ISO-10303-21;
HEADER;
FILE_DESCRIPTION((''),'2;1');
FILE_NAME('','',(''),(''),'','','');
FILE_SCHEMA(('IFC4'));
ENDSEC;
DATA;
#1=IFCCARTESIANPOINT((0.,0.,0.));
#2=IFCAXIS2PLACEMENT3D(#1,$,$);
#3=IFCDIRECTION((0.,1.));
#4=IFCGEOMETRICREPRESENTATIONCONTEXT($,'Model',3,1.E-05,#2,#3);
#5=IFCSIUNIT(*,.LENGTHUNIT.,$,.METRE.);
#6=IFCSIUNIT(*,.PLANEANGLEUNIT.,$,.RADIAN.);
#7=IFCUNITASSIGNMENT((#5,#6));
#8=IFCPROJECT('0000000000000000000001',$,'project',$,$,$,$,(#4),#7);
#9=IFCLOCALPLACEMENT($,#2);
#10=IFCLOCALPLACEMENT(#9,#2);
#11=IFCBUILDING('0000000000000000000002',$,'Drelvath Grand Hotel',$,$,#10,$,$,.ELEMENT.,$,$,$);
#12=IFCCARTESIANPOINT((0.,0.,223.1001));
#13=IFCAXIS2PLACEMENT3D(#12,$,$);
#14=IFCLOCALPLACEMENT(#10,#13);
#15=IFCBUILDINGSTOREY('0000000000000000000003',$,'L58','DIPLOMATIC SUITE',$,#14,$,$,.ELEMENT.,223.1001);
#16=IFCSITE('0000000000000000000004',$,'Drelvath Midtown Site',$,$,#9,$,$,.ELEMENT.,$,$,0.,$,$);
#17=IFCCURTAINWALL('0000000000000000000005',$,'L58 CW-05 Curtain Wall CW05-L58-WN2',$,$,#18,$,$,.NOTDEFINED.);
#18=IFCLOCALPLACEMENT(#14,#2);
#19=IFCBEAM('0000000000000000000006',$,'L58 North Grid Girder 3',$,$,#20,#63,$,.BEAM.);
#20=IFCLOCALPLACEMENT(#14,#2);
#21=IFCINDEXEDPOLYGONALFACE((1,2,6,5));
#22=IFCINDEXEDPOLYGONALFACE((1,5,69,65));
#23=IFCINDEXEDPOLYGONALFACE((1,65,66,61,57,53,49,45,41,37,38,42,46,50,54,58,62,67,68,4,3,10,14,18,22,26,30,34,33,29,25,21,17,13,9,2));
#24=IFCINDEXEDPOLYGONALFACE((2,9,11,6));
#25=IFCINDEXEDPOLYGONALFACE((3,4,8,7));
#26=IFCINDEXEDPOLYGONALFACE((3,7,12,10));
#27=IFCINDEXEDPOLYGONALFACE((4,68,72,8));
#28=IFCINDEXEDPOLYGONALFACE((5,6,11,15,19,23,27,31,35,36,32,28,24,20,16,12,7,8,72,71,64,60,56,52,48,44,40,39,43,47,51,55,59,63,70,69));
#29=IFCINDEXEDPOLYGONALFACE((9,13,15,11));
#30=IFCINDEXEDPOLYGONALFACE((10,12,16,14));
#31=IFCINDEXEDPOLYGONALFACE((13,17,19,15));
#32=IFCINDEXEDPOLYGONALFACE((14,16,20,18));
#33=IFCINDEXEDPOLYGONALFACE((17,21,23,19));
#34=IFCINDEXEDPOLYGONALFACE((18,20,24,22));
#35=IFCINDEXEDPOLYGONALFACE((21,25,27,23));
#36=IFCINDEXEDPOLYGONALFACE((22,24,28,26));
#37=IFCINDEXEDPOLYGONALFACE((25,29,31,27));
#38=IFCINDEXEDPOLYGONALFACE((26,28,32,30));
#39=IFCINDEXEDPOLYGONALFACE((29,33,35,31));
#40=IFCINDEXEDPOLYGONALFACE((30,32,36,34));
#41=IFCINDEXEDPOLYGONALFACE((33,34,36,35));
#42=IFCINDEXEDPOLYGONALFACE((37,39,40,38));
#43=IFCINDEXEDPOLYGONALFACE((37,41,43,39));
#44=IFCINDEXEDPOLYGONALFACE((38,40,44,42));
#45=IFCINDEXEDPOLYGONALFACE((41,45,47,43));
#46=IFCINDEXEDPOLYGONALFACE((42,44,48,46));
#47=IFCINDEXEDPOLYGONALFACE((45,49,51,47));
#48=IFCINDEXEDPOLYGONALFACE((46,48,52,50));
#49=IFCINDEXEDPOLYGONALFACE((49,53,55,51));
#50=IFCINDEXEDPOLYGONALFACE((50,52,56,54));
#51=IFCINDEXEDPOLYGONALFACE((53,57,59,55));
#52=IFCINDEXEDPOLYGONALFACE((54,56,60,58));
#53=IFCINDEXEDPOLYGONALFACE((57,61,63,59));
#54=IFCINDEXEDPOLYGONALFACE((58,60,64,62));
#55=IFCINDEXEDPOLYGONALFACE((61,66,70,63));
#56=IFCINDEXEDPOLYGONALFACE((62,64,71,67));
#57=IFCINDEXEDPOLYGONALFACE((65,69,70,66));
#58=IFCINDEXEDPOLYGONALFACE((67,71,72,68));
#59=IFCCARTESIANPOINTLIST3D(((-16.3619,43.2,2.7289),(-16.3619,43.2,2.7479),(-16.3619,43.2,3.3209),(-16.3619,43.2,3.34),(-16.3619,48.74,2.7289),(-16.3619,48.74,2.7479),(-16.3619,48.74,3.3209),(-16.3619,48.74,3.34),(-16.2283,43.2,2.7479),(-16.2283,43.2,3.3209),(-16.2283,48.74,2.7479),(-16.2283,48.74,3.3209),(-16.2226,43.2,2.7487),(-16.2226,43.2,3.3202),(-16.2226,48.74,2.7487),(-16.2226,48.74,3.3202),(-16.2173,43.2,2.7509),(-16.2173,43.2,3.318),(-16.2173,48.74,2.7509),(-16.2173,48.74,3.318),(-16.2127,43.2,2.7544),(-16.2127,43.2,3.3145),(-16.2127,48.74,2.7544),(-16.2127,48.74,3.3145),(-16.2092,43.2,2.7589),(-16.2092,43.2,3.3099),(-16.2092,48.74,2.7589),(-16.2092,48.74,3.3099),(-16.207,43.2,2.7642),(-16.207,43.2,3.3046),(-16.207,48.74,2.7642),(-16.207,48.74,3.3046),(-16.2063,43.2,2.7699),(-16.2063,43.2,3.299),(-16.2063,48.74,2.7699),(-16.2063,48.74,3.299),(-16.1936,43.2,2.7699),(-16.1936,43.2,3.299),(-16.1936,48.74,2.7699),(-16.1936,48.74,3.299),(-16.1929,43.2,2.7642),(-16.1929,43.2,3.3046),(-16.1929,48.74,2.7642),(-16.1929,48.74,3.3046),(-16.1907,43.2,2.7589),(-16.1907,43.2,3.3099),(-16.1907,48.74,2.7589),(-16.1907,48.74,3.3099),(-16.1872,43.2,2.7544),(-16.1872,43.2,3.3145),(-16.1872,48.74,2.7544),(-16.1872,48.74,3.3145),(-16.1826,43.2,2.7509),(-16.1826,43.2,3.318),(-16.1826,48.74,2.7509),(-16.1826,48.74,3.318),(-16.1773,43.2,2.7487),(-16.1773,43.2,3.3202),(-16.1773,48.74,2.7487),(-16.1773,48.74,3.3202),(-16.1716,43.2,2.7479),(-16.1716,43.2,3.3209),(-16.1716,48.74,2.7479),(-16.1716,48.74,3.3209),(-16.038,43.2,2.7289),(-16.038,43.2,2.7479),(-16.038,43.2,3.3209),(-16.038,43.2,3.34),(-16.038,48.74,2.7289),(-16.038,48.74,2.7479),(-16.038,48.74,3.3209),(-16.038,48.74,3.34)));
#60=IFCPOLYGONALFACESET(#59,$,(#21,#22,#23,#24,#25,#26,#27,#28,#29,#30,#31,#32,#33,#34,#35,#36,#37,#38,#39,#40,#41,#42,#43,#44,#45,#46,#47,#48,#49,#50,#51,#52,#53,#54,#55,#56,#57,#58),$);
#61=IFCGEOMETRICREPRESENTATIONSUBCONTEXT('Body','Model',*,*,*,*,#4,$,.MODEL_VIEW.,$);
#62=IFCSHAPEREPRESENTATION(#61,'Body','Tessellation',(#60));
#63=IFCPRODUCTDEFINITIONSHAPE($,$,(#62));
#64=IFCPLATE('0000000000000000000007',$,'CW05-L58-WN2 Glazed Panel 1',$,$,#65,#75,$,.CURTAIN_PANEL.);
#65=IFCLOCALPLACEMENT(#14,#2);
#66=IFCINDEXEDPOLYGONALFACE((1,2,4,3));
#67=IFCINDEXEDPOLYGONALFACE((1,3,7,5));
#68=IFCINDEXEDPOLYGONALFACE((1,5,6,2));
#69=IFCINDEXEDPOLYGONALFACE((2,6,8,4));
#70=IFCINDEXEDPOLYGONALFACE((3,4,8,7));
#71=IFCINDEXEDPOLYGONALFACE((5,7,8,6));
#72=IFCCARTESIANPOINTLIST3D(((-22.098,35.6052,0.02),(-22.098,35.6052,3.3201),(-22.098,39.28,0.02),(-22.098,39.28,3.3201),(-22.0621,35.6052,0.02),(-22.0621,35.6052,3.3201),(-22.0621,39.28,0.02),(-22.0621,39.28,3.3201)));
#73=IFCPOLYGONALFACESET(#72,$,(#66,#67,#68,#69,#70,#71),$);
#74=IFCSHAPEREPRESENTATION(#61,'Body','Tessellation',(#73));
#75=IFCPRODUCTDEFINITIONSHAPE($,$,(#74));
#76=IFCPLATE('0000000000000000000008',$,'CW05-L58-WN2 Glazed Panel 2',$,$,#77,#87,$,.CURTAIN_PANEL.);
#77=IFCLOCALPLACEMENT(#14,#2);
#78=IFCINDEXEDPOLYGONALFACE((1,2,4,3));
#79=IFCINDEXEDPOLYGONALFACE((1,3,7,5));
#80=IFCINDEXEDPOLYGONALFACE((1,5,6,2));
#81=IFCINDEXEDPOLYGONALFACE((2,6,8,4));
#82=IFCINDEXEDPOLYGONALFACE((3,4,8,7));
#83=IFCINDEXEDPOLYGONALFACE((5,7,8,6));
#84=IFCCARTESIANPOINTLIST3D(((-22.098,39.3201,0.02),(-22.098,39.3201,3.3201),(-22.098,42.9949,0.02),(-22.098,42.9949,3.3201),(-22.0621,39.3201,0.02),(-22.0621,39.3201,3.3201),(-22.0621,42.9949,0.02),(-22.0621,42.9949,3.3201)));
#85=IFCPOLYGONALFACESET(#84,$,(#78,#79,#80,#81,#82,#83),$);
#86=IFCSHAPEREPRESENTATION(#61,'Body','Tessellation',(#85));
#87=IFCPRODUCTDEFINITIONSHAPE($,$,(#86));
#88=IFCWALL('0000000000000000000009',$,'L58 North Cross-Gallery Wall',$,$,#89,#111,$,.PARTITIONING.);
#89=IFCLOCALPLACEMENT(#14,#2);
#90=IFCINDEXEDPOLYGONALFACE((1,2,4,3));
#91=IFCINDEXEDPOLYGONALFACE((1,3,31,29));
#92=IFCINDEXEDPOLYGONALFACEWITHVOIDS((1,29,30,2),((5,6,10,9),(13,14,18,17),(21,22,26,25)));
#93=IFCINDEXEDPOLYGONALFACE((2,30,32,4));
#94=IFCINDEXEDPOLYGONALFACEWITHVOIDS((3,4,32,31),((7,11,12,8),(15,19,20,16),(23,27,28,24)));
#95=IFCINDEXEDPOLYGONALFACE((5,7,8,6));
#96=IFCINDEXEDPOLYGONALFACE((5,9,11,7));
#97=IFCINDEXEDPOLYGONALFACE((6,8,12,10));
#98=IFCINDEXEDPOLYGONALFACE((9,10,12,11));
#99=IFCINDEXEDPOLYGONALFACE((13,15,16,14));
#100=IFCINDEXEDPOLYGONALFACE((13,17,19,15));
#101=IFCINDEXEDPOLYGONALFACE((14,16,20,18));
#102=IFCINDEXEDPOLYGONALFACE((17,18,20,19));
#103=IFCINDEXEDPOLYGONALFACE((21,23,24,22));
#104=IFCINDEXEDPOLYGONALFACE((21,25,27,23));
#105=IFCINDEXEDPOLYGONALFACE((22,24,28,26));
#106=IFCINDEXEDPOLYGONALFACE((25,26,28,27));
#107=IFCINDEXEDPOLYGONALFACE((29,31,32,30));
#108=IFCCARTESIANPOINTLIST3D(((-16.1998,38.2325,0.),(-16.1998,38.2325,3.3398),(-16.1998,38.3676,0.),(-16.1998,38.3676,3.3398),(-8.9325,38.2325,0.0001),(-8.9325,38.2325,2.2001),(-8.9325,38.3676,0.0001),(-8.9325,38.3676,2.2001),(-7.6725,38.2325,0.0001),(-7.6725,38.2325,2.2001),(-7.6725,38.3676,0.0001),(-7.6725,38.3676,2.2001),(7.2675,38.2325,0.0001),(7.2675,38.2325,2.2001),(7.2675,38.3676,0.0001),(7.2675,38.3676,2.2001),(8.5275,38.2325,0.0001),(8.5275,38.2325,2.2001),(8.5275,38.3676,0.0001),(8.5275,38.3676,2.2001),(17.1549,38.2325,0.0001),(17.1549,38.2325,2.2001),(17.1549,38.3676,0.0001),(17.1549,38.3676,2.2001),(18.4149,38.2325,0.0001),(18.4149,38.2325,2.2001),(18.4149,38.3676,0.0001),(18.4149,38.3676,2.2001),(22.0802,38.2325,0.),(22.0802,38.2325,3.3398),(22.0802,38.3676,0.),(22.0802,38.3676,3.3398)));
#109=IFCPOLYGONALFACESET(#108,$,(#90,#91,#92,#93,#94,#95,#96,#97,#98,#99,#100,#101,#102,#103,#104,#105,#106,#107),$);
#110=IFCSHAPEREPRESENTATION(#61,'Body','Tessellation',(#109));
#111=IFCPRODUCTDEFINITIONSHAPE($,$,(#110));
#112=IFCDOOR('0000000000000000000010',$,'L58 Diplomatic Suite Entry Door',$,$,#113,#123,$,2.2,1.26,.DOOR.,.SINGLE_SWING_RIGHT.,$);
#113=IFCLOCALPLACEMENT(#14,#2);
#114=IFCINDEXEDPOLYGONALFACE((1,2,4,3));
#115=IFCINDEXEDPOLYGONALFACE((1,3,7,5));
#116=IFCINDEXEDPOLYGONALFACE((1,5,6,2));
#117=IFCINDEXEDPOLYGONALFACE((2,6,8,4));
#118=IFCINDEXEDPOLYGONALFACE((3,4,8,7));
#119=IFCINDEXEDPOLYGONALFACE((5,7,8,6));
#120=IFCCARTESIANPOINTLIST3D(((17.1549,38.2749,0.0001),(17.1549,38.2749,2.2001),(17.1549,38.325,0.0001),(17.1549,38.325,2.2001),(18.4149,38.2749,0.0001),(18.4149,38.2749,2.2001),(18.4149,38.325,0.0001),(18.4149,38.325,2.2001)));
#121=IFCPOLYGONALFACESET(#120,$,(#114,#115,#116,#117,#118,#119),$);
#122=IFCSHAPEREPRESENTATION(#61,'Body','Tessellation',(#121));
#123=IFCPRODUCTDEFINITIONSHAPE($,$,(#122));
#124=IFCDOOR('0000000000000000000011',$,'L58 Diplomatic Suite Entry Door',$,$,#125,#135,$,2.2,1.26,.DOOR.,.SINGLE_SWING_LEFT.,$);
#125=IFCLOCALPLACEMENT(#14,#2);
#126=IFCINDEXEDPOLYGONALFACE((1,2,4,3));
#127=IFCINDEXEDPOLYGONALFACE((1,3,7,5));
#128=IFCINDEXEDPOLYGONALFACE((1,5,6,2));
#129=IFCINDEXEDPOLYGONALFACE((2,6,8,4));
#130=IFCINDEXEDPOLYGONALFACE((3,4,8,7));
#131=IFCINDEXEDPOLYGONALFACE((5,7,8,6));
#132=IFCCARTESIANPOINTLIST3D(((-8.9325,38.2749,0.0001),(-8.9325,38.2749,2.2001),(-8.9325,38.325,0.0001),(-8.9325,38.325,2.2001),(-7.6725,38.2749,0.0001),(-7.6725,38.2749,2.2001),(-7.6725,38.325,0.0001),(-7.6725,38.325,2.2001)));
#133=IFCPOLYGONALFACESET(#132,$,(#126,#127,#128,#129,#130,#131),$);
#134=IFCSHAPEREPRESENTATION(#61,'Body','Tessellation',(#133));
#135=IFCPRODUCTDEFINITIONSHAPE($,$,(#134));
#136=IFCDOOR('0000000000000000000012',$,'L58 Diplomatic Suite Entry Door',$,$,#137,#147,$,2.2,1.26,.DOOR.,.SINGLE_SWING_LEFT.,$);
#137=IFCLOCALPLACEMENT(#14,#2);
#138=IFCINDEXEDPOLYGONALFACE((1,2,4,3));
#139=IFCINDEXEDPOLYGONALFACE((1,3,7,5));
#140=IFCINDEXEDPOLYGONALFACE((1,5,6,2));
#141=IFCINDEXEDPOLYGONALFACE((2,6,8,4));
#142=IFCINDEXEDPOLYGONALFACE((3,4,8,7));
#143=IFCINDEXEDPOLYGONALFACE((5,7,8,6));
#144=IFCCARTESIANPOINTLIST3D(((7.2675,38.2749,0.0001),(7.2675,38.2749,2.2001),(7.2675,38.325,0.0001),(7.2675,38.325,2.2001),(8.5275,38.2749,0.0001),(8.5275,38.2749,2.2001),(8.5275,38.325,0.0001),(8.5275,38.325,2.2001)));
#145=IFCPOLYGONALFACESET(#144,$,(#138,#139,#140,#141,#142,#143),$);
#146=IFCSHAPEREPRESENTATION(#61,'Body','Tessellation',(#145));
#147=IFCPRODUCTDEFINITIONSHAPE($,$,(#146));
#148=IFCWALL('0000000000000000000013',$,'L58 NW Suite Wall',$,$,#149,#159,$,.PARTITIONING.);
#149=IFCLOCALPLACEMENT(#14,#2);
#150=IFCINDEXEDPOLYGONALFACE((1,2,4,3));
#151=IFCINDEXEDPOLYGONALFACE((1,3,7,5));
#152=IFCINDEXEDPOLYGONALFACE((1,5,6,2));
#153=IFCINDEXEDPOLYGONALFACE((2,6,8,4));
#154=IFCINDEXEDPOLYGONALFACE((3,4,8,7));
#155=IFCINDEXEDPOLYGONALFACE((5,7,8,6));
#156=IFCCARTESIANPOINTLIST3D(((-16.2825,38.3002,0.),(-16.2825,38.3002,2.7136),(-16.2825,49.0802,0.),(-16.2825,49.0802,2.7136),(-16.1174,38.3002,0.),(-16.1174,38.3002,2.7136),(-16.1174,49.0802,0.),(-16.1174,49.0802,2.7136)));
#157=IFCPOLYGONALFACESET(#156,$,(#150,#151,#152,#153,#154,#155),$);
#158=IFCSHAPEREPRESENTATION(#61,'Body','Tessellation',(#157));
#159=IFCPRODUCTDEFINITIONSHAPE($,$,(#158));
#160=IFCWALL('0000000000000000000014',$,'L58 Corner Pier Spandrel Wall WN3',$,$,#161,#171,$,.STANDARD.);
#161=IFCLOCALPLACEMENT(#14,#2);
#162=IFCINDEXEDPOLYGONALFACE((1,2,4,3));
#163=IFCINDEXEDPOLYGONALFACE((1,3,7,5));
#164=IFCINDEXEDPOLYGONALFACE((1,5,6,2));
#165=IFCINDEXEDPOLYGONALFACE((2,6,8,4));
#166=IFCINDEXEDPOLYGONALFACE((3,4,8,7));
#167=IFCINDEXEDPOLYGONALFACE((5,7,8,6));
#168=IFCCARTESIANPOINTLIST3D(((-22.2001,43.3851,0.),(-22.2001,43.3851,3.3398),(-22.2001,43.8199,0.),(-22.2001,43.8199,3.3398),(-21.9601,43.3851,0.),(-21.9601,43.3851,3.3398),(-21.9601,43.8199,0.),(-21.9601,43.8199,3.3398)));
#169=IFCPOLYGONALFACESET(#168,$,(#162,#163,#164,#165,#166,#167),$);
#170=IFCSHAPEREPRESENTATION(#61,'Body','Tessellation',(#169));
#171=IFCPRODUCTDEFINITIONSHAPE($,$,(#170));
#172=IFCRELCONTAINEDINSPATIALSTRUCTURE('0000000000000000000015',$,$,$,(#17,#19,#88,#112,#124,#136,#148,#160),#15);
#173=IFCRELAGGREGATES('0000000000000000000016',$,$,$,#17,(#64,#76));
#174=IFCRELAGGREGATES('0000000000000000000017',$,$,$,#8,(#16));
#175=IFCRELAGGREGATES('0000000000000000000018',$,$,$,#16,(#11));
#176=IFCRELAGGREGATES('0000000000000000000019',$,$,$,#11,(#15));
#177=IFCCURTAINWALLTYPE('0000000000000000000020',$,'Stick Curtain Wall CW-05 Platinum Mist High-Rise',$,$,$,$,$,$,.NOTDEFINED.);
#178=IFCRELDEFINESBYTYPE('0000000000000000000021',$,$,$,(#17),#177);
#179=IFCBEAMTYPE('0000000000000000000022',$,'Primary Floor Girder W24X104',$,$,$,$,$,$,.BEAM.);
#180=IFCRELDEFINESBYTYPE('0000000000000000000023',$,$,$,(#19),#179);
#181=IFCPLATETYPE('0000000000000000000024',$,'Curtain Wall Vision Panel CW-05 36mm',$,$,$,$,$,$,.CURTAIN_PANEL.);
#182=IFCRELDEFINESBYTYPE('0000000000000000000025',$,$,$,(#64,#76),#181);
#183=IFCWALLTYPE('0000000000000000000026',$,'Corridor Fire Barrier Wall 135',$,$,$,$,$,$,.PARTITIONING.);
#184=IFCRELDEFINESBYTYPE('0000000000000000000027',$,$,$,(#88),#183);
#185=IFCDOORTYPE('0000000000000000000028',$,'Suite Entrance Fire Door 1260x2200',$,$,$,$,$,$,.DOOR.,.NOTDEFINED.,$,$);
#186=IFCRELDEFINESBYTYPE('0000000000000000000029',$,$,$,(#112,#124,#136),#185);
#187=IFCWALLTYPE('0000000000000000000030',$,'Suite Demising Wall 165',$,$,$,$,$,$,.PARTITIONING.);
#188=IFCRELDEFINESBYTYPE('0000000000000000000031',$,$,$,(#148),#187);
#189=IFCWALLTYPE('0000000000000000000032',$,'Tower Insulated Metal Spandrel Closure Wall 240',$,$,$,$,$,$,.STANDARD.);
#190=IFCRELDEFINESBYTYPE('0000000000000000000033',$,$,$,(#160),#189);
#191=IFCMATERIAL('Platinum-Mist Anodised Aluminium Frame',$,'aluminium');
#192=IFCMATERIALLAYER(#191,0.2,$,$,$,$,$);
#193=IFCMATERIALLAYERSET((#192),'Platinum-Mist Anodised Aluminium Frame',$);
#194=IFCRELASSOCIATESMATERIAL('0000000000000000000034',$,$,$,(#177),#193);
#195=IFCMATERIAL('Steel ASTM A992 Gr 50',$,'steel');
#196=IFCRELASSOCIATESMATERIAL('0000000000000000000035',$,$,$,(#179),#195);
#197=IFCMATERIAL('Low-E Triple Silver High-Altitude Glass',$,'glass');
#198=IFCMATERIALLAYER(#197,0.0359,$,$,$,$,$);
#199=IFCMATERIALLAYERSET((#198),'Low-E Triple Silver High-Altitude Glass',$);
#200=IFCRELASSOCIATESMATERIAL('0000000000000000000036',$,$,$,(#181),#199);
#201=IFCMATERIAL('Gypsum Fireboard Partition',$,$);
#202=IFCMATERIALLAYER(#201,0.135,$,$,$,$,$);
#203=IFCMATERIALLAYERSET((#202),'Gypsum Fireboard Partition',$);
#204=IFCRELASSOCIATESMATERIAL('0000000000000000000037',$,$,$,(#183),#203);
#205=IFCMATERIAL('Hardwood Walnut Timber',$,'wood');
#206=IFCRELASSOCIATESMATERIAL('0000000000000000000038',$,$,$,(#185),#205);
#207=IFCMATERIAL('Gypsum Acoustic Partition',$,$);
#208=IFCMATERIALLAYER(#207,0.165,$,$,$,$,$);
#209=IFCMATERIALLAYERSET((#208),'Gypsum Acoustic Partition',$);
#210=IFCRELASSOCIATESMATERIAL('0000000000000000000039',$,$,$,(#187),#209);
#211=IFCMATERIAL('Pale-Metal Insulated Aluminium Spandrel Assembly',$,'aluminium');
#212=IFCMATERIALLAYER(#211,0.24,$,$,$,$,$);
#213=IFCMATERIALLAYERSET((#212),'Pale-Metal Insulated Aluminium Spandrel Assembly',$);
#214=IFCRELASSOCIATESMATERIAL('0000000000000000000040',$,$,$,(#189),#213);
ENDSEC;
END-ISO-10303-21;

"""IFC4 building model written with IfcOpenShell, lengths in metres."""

from ifc_helpers import new_model, si_unit, direction, frame, frame_2d, origin, origin_2d, place, context, subcontext, project, spatial, rectangle, i_section, extrude, material, layer, layer_set, material_profile, profile_set, type_object, element, fill, aggregate, save


model = new_model("IFC4")

# Units and contexts
model_context = context("Model", 3, precision=1e-05, world=origin(), true_north=direction((0.0, 1.0)))
body_context = subcontext(model_context, "Body", "Model", "MODEL_VIEW")
ifc_project = project(units=[si_unit("LENGTHUNIT", "METRE"), si_unit("PLANEANGLEUNIT", "RADIAN")], contexts=[model_context])

# Site, building, storey
site_placement = place(None, origin())
site = spatial("IfcSite", under=ifc_project, at=site_placement, Name="Drelvath Midtown Site", CompositionType="ELEMENT", RefElevation=0.0)
building_placement = place(site_placement, origin())
building = spatial("IfcBuilding", under=site, at=building_placement, Name="Drelvath Grand Hotel", CompositionType="ELEMENT")
storey_placement = place(building_placement, frame((0.0, 0.0, 223.1001)))
storey = spatial("IfcBuildingStorey", under=building, at=storey_placement, Name="L58", Description="DIPLOMATIC SUITE", CompositionType="ELEMENT", Elevation=223.1001)

# Shared definitions
ifc_material_1 = material(Name="Steel ASTM A992 Gr 50", Category="steel")

# Curtain wall
ifc_material_2 = material(Name="Platinum-Mist Anodised Aluminium Frame", Category="aluminium")
ifc_layer_1 = layer(ifc_material_2, 0.2)
ifc_layer_set_1 = layer_set([ifc_layer_1], Name="Platinum-Mist Anodised Aluminium Frame")
curtain_wall_type = type_object("IfcCurtainWallType", Name="Stick Curtain Wall CW-05 Platinum Mist High-Rise", PredefinedType="NOTDEFINED", material=ifc_layer_set_1)
curtain_wall_placement = place(storey_placement, origin())
curtain_wall = element("IfcCurtainWall", 1, at=curtain_wall_placement, inside=storey, type_object=curtain_wall_type, Name="L58 CW-05 Curtain Wall CW05-L58-WN2", PredefinedType="NOTDEFINED")

# Beam
ifc_material_profile_1 = material_profile(ifc_material_1, i_section(OverallWidth=0.324, OverallDepth=0.6111, WebThickness=0.0127, FlangeThickness=0.019, FilletRadius=0.022, at=origin_2d()), Name="W24X104")
ifc_profile_set_1 = profile_set([ifc_material_profile_1], Name="Steel ASTM A992 Gr 50")
beam_type_1 = type_object("IfcBeamType", Name="Primary Floor Girder W24X104", PredefinedType="BEAM", material=ifc_profile_set_1)
for number, where, z_axis, x_axis, name in (
    (2, (-16.2, 43.2, 3.0344), (0.0, 1.0, 0.0), (-1.0, 0.0, 0.0), "L58 North Grid Girder 3"),
):
    element("IfcBeam", number, at=place(storey_placement, frame(where, z_axis=z_axis, x_axis=x_axis)), inside=storey, type_object=beam_type_1, Name=name, PredefinedType="BEAM", context=body_context, shape_type="SweptSolid", body=[
        extrude(i_section(OverallWidth=0.324, OverallDepth=0.6111, WebThickness=0.0127, FlangeThickness=0.019, FilletRadius=0.022, at=origin_2d()), origin(), (0.0, 0.0, 1.0), 5.54),
    ])

# Plates
ifc_material_3 = material(Name="Low-E Triple Silver High-Altitude Glass", Category="glass")
ifc_layer_2 = layer(ifc_material_3, 0.0359)
ifc_layer_set_2 = layer_set([ifc_layer_2], Name="Low-E Triple Silver High-Altitude Glass")
plate_type = type_object("IfcPlateType", Name="Curtain Wall Vision Panel CW-05 36mm", PredefinedType="CURTAIN_PANEL", material=ifc_layer_set_2)
plate_1_placement = place(storey_placement, frame((-22.0801, 37.4426, 0.02), z_axis=(0.0, 0.0, 1.0), x_axis=(0.0, 1.0, 0.0)))
plate_1 = element("IfcPlate", 3, at=plate_1_placement, type_object=plate_type, Name="CW05-L58-WN2 Glazed Panel 1", PredefinedType="CURTAIN_PANEL", context=body_context, shape_type="SweptSolid", body=[
    extrude(rectangle(XDim=3.6748, YDim=0.0359, at=origin_2d()), origin(), (0.0, 0.0, 1.0), 3.3),
])
plate_2_placement = place(storey_placement, frame((-22.0801, 41.1575, 0.02), z_axis=(0.0, 0.0, 1.0), x_axis=(0.0, 1.0, 0.0)))
plate_2 = element("IfcPlate", 4, at=plate_2_placement, type_object=plate_type, Name="CW05-L58-WN2 Glazed Panel 2", PredefinedType="CURTAIN_PANEL", context=body_context, shape_type="SweptSolid", body=[
    extrude(rectangle(XDim=3.6748, YDim=0.0359, at=origin_2d()), origin(), (0.0, 0.0, 1.0), 3.3),
])
aggregate(curtain_wall, [plate_1, plate_2])

# Wall, openings, doors
ifc_material_4 = material(Name="Gypsum Fireboard Partition")
ifc_layer_3 = layer(ifc_material_4, 0.135)
ifc_layer_set_3 = layer_set([ifc_layer_3], Name="Gypsum Fireboard Partition")
wall_type_1 = type_object("IfcWallType", Name="Corridor Fire Barrier Wall 135", PredefinedType="PARTITIONING", material=ifc_layer_set_3)
wall_1_placement = place(storey_placement, frame((-16.2, 38.3, 0.0), z_axis=(0.0, 0.0, 1.0), x_axis=(1.0, 0.0, 0.0)))
wall_1 = element("IfcWall", 5, at=wall_1_placement, inside=storey, type_object=wall_type_1, Name="L58 North Cross-Gallery Wall", PredefinedType="PARTITIONING", context=body_context, shape_type="SweptSolid", body=[
    extrude(rectangle(XDim=38.28, YDim=0.135, at=frame_2d((19.1401, 0.0))), origin(), (0.0, 0.0, 1.0), 3.3398),
])
opening_1_placement = place(wall_1_placement, frame((33.355, 0.0, 0.0)))
opening_1 = element("IfcOpeningElement", 6, at=opening_1_placement, cuts=wall_1, PredefinedType="OPENING", context=body_context, shape_type="SweptSolid", body=[
    extrude(rectangle(XDim=1.26, YDim=2.2, at=frame_2d((0.6299, 1.1001))), frame((0.0, 0.0774, 0.0), z_axis=(0.0, -1.0, 0.0), x_axis=(1.0, 0.0, 0.0)), (0.0, 0.0, 1.0), 0.155),
])
opening_2_placement = place(wall_1_placement, frame((7.2676, 0.0, 0.0)))
opening_2 = element("IfcOpeningElement", 7, at=opening_2_placement, cuts=wall_1, PredefinedType="OPENING", context=body_context, shape_type="SweptSolid", body=[
    extrude(rectangle(XDim=1.26, YDim=2.2, at=frame_2d((0.6299, 1.1001))), frame((0.0, 0.0774, 0.0), z_axis=(0.0, -1.0, 0.0), x_axis=(1.0, 0.0, 0.0)), (0.0, 0.0, 1.0), 0.155),
])
opening_3_placement = place(wall_1_placement, frame((23.4675, 0.0, 0.0)))
opening_3 = element("IfcOpeningElement", 8, at=opening_3_placement, cuts=wall_1, PredefinedType="OPENING", context=body_context, shape_type="SweptSolid", body=[
    extrude(rectangle(XDim=1.26, YDim=2.2, at=frame_2d((0.6299, 1.1001))), frame((0.0, 0.0774, 0.0), z_axis=(0.0, -1.0, 0.0), x_axis=(1.0, 0.0, 0.0)), (0.0, 0.0, 1.0), 0.155),
])
ifc_material_5 = material(Name="Hardwood Walnut Timber", Category="wood")
door_type_1 = type_object("IfcDoorType", Name="Suite Entrance Fire Door 1260x2200", OperationType="NOTDEFINED", PredefinedType="DOOR", material=ifc_material_5)
door_1_placement = place(opening_1_placement, origin())
door_1 = element("IfcDoor", 9, at=door_1_placement, inside=storey, type_object=door_type_1, Name="L58 Diplomatic Suite Entry Door", OperationType="SINGLE_SWING_RIGHT", OverallHeight=2.2, OverallWidth=1.26, PredefinedType="DOOR", context=body_context, shape_type="SweptSolid", body=[
    extrude(rectangle(XDim=1.26, YDim=2.2, at=frame_2d((0.6299, 1.1001))), frame((0.0, 0.0249, 0.0), z_axis=(0.0, -1.0, 0.0), x_axis=(1.0, 0.0, 0.0)), (0.0, 0.0, 1.0), 0.05),
])
fill(opening_1, door_1)
door_2_placement = place(opening_2_placement, origin())
door_2 = element("IfcDoor", 10, at=door_2_placement, inside=storey, type_object=door_type_1, Name="L58 Diplomatic Suite Entry Door", OperationType="SINGLE_SWING_LEFT", OverallHeight=2.2, OverallWidth=1.26, PredefinedType="DOOR", context=body_context, shape_type="SweptSolid", body=[
    extrude(rectangle(XDim=1.26, YDim=2.2, at=frame_2d((0.6299, 1.1001))), frame((0.0, 0.0249, 0.0), z_axis=(0.0, -1.0, 0.0), x_axis=(1.0, 0.0, 0.0)), (0.0, 0.0, 1.0), 0.05),
])
fill(opening_2, door_2)
door_3_placement = place(opening_3_placement, origin())
door_3 = element("IfcDoor", 11, at=door_3_placement, inside=storey, type_object=door_type_1, Name="L58 Diplomatic Suite Entry Door", OperationType="SINGLE_SWING_LEFT", OverallHeight=2.2, OverallWidth=1.26, PredefinedType="DOOR", context=body_context, shape_type="SweptSolid", body=[
    extrude(rectangle(XDim=1.26, YDim=2.2, at=frame_2d((0.6299, 1.1001))), frame((0.0, 0.0249, 0.0), z_axis=(0.0, -1.0, 0.0), x_axis=(1.0, 0.0, 0.0)), (0.0, 0.0, 1.0), 0.05),
])
fill(opening_3, door_3)

# Walls
ifc_material_6 = material(Name="Gypsum Acoustic Partition")
ifc_layer_4 = layer(ifc_material_6, 0.165)
ifc_layer_set_4 = layer_set([ifc_layer_4], Name="Gypsum Acoustic Partition")
wall_type_2 = type_object("IfcWallType", Name="Suite Demising Wall 165", PredefinedType="PARTITIONING", material=ifc_layer_set_4)
wall_2_placement = place(storey_placement, frame((-16.2, 38.3, 0.0), z_axis=(0.0, 0.0, 1.0), x_axis=(0.0, 1.0, 0.0)))
element("IfcWall", 12, at=wall_2_placement, inside=storey, type_object=wall_type_2, Name="L58 NW Suite Wall", PredefinedType="PARTITIONING", context=body_context, shape_type="SweptSolid", body=[
    extrude(rectangle(XDim=10.78, YDim=0.165, at=frame_2d((5.3901, 0.0))), origin(), (0.0, 0.0, 1.0), 2.7136),
])
ifc_material_7 = material(Name="Pale-Metal Insulated Aluminium Spandrel Assembly", Category="aluminium")
ifc_layer_5 = layer(ifc_material_7, 0.24)
ifc_layer_set_5 = layer_set([ifc_layer_5], Name="Pale-Metal Insulated Aluminium Spandrel Assembly")
wall_type_3 = type_object("IfcWallType", Name="Tower Insulated Metal Spandrel Closure Wall 240", PredefinedType="STANDARD", material=ifc_layer_set_5)
for number, where, z_axis, x_axis, name in (
    (13, (-22.0801, 43.3853, 0.0), (0.0, 0.0, 1.0), (0.0, 1.0, 0.0), "L58 Corner Pier Spandrel Wall WN3"),
):
    element("IfcWall", number, at=place(storey_placement, frame(where, z_axis=z_axis, x_axis=x_axis)), inside=storey, type_object=wall_type_3, Name=name, PredefinedType="STANDARD", context=body_context, shape_type="SweptSolid", body=[
        extrude(rectangle(XDim=0.4348, YDim=0.24, at=frame_2d((0.2173, 0.0))), origin(), (0.0, 0.0, 1.0), 3.3398),
    ])

save(model, "model.ifc")
